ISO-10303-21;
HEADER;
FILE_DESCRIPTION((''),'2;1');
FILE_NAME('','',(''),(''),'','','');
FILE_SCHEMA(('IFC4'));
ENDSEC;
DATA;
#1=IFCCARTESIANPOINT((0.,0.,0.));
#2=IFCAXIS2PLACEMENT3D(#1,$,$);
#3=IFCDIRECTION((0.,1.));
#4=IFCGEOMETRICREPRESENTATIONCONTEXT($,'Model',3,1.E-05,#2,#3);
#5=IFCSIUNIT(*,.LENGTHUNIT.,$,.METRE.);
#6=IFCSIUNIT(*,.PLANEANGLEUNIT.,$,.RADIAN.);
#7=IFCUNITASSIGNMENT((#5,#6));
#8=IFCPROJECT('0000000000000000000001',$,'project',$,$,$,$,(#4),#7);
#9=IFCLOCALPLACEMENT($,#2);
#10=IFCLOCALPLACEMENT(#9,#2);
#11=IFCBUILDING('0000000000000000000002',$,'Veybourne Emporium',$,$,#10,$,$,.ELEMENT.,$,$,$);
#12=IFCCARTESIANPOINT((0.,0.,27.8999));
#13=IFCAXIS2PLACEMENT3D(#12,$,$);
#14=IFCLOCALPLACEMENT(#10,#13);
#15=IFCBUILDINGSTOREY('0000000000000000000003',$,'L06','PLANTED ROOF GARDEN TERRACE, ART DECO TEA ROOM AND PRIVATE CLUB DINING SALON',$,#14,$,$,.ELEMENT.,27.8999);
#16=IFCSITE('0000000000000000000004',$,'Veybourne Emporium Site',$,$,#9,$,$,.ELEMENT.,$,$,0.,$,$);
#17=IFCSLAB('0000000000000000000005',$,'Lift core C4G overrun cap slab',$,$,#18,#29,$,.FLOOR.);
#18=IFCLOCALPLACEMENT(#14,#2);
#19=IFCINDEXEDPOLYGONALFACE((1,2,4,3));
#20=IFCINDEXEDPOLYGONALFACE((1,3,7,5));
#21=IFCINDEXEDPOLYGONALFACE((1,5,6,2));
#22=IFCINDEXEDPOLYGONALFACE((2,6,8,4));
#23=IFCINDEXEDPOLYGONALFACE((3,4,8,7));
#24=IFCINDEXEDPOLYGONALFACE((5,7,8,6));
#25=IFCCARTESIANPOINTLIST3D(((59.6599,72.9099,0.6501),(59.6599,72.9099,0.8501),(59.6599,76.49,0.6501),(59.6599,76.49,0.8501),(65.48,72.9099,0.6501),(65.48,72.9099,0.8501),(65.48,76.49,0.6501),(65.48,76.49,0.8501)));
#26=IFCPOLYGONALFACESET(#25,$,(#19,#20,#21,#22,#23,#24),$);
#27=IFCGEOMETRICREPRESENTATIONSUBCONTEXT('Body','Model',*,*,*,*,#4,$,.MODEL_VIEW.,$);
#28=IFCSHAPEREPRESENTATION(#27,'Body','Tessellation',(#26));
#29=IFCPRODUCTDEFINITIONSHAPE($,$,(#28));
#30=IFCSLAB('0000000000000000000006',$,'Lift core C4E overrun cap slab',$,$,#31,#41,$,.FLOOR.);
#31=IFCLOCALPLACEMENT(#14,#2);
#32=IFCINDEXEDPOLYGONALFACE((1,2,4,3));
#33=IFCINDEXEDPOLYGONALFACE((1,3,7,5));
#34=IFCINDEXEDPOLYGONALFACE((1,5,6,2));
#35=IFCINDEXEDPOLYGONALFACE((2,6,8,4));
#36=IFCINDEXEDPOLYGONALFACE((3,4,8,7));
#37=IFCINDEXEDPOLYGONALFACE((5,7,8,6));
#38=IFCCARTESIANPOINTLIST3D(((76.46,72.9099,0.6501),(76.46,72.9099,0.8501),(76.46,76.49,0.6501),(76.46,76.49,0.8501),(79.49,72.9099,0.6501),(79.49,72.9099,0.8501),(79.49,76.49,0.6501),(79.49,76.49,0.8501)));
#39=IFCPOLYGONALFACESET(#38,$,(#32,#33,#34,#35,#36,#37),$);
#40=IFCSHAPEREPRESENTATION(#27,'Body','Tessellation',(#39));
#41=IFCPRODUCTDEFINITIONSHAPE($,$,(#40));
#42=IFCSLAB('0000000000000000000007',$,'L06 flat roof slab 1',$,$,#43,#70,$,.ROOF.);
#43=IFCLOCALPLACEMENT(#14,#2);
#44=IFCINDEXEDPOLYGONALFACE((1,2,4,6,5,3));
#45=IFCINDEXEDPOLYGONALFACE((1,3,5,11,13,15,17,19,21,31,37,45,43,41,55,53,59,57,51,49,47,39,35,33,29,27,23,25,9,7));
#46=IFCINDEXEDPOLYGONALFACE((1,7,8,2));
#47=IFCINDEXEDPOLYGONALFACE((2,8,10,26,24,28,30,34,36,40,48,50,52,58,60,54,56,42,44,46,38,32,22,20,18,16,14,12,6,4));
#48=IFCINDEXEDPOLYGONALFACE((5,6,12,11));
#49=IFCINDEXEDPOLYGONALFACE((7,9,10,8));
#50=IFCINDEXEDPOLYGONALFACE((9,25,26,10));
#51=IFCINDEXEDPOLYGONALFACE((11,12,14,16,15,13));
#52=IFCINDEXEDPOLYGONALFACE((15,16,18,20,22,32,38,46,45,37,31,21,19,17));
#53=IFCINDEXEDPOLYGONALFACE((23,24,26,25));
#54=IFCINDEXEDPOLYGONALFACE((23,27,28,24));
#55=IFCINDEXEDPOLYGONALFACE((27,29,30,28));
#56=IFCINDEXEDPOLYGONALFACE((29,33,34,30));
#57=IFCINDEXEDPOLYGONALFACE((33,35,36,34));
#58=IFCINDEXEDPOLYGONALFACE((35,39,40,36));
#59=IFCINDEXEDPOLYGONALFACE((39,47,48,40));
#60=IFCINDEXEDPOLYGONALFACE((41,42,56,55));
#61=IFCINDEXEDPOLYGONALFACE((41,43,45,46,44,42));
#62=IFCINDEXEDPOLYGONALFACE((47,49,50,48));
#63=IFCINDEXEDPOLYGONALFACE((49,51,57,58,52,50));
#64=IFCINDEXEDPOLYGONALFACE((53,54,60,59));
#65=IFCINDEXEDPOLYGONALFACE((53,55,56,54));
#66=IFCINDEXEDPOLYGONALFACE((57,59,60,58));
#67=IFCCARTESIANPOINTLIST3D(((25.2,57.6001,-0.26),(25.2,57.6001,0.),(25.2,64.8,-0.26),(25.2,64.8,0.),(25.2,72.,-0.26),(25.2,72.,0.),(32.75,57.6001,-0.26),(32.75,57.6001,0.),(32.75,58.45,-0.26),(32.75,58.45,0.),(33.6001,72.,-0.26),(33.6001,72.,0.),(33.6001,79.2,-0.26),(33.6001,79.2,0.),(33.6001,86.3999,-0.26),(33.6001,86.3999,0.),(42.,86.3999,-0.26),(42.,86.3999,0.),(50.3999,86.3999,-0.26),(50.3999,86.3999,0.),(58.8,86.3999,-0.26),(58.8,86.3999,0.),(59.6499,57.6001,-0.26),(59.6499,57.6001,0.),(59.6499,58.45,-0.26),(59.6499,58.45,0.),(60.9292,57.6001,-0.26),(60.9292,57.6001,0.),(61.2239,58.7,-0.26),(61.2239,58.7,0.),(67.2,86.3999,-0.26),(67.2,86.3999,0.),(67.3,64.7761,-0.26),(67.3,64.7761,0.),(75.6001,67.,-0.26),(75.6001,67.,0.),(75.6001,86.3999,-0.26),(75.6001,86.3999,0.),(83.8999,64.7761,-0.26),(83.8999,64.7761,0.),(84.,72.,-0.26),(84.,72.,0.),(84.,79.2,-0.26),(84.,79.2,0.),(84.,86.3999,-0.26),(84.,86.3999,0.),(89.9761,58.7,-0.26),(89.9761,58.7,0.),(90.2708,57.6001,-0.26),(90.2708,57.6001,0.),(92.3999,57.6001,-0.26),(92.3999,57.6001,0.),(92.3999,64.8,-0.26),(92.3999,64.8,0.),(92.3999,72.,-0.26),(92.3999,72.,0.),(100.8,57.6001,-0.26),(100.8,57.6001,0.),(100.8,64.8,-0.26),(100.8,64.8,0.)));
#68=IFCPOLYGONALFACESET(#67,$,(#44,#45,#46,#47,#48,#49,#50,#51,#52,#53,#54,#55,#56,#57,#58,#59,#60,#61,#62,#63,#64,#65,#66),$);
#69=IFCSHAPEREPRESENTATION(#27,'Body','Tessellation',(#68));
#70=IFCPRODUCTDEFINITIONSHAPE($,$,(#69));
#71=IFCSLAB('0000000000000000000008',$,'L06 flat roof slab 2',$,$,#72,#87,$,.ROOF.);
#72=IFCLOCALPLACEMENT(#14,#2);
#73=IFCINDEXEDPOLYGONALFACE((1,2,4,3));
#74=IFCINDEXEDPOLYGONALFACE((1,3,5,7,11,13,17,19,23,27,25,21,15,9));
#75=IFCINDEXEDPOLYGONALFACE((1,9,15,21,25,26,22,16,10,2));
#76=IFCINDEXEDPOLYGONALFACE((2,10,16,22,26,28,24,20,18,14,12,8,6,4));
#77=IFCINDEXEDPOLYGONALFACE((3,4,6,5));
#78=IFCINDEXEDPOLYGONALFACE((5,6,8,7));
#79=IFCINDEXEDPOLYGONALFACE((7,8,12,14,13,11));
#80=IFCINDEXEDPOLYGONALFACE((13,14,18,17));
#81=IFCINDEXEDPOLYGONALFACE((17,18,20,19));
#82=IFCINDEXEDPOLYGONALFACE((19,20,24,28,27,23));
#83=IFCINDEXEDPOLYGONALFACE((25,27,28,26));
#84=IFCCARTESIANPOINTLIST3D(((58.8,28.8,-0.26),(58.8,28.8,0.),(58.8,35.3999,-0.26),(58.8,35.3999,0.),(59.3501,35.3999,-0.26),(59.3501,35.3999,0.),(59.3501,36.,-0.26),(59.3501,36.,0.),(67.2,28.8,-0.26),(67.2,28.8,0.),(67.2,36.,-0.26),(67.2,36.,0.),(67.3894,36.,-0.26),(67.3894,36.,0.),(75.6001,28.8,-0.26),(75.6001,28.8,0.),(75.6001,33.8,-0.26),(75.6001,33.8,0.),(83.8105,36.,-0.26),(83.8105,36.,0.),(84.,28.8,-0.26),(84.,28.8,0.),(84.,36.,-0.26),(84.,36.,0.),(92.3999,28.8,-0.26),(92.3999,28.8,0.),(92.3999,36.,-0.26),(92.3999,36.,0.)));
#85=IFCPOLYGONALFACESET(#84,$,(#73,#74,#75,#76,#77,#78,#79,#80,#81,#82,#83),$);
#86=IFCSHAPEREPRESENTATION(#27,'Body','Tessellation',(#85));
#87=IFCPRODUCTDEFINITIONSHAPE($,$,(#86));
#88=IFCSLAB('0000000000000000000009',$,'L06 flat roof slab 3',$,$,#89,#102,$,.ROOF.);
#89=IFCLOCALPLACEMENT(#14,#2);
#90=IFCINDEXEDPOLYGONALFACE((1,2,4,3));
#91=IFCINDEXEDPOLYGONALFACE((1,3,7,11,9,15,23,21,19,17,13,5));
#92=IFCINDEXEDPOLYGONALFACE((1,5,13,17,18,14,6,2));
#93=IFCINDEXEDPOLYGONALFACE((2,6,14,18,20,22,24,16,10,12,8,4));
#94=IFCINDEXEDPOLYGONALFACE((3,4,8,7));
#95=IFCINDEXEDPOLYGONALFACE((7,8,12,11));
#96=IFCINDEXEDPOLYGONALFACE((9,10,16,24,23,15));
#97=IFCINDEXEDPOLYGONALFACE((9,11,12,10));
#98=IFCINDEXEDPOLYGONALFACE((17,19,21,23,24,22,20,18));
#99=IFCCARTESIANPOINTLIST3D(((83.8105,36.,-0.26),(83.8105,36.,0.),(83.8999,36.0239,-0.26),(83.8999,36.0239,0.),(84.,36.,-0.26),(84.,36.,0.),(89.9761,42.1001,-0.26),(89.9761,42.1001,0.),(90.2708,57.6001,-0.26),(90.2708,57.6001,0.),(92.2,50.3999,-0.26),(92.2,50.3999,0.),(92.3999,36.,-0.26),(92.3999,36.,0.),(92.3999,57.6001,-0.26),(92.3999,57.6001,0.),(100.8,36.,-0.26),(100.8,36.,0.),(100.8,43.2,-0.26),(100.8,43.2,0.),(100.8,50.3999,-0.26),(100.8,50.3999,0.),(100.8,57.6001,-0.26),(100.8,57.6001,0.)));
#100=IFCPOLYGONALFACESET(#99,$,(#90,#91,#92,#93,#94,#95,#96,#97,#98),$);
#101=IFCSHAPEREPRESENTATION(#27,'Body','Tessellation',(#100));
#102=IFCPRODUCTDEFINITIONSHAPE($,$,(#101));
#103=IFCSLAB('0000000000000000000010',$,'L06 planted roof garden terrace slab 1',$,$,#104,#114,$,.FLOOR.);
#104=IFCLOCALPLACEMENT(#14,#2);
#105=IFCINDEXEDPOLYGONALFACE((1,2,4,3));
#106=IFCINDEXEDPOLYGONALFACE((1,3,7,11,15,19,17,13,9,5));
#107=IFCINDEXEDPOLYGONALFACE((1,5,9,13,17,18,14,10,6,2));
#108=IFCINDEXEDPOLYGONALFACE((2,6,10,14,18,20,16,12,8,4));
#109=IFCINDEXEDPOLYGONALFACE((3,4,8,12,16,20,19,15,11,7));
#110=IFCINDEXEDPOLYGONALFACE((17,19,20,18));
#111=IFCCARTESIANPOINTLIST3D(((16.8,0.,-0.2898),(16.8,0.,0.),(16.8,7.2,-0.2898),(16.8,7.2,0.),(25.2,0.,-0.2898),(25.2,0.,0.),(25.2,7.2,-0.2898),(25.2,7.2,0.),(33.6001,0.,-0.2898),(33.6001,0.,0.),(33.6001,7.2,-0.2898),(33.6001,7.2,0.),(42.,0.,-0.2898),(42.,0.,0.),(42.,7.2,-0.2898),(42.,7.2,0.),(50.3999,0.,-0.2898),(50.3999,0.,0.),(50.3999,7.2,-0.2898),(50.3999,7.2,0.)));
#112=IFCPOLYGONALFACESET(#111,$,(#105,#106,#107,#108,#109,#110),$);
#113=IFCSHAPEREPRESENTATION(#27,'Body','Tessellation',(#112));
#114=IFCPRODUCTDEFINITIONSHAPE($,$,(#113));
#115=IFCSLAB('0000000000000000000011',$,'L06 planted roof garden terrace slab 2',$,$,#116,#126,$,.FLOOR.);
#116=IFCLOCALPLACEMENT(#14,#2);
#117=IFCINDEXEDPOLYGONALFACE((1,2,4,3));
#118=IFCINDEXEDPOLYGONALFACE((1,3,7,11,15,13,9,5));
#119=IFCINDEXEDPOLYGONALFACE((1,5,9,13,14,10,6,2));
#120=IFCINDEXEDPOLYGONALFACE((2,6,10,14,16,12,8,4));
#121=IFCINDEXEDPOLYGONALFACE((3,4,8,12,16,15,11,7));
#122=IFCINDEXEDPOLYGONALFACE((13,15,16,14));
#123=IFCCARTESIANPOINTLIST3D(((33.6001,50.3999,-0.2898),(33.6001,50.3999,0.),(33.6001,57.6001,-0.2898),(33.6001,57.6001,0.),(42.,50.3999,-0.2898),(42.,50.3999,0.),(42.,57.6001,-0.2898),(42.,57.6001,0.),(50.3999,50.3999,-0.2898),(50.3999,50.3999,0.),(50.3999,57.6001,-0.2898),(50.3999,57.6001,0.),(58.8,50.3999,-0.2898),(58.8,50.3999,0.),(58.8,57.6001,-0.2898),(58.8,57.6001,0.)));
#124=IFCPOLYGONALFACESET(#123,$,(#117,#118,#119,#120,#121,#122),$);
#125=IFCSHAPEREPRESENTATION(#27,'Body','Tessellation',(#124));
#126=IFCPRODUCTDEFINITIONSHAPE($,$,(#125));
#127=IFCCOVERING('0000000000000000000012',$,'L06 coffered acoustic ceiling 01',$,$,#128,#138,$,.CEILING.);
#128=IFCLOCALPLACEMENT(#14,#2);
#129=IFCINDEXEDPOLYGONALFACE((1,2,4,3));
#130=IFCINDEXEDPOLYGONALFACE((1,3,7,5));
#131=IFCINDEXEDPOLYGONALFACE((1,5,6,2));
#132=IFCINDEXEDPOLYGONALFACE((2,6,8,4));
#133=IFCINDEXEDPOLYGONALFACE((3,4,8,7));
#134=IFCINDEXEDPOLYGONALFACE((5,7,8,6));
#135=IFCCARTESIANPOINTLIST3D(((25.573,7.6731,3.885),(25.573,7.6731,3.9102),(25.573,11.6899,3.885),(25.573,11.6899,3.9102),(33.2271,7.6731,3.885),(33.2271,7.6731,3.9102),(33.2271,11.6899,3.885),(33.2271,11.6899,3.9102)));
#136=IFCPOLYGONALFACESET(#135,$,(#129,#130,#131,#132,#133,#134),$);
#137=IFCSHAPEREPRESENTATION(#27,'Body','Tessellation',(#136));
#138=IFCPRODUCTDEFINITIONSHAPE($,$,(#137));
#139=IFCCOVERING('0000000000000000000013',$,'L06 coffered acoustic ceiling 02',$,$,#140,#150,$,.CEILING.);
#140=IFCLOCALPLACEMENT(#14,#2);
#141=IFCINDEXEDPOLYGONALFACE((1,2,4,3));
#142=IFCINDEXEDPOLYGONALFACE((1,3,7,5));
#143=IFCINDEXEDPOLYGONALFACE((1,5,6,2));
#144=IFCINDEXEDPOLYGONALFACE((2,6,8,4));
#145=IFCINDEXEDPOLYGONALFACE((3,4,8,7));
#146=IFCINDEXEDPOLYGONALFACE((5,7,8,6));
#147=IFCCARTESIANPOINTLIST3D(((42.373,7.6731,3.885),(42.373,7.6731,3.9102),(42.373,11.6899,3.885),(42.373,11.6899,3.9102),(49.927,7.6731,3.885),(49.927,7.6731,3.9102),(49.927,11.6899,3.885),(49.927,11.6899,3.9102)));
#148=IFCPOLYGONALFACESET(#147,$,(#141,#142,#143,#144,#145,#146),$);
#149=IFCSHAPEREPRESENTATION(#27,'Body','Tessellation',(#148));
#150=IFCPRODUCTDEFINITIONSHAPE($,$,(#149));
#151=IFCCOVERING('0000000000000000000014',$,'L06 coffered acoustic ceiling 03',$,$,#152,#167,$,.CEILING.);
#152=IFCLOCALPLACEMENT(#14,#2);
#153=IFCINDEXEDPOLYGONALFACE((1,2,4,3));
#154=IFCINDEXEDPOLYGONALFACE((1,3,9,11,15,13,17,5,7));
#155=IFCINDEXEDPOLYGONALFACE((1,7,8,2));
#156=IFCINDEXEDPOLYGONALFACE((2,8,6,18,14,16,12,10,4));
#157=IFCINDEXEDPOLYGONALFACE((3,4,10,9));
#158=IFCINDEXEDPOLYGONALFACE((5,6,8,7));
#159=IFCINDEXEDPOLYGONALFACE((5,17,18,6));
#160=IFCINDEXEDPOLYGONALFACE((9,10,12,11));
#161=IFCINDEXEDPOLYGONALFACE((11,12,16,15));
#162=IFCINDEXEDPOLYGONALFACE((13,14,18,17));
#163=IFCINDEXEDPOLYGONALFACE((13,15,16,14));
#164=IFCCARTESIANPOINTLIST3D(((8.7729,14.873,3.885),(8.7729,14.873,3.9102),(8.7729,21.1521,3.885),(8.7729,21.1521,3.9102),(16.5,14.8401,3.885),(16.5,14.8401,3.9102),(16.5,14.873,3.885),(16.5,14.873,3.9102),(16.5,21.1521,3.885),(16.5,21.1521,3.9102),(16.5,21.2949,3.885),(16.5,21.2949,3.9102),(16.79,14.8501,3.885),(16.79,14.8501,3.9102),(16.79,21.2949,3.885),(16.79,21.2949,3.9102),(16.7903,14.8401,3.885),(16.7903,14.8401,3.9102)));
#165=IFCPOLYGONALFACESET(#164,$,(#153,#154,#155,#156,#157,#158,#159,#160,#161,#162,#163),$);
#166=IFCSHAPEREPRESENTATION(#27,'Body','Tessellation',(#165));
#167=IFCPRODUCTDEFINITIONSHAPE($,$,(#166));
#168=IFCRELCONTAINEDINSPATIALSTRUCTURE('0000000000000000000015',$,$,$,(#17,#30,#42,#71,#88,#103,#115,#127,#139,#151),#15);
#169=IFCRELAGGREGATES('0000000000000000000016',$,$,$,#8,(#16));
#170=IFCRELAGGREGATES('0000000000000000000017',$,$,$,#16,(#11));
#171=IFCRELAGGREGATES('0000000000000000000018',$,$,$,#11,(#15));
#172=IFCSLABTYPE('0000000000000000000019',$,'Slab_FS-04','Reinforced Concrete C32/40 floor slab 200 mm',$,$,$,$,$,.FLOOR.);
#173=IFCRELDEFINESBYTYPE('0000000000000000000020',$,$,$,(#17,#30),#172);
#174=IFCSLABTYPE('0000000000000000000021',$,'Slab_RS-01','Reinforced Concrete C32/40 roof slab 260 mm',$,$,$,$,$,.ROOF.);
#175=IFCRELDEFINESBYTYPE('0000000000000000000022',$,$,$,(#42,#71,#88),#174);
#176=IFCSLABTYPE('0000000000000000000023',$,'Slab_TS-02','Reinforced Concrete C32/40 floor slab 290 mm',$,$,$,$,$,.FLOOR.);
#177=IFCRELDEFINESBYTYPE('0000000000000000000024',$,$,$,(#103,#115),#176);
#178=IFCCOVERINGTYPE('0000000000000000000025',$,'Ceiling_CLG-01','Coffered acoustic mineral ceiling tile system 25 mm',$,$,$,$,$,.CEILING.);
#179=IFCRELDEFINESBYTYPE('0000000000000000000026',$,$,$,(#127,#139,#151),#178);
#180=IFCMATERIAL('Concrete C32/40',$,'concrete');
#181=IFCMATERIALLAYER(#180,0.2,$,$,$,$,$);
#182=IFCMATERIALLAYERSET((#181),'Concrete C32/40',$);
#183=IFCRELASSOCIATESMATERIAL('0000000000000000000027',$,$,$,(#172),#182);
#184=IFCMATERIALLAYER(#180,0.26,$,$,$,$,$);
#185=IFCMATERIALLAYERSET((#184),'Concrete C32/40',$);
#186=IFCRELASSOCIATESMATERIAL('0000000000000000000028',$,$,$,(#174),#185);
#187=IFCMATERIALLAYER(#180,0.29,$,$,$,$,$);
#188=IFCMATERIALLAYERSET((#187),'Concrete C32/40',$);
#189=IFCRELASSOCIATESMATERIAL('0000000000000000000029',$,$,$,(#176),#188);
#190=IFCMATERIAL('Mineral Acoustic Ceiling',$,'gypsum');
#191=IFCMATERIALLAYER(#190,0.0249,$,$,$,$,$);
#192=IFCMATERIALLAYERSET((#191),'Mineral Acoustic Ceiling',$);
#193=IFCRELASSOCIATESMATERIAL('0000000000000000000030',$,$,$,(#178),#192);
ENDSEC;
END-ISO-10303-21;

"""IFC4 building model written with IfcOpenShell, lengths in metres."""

from ifc_helpers import new_model, si_unit, direction, frame, origin, place, context, subcontext, project, spatial, polyline, outline, extrude, material, layer, layer_set, type_object, element, save


model = new_model("IFC4")

# Units and contexts
model_context = context("Model", 3, precision=1e-05, world=origin(), true_north=direction((0.0, 1.0)))
body_context = subcontext(model_context, "Body", "Model", "MODEL_VIEW")
ifc_project = project(units=[si_unit("LENGTHUNIT", "METRE"), si_unit("PLANEANGLEUNIT", "RADIAN")], contexts=[model_context])

# Site, building, storey
site_placement = place(None, origin())
site = spatial("IfcSite", under=ifc_project, at=site_placement, Name="Veybourne Emporium Site", CompositionType="ELEMENT", RefElevation=0.0)
building_placement = place(site_placement, origin())
building = spatial("IfcBuilding", under=site, at=building_placement, Name="Veybourne Emporium", CompositionType="ELEMENT")
storey_placement = place(building_placement, frame((0.0, 0.0, 27.8999)))
storey = spatial("IfcBuildingStorey", under=building, at=storey_placement, Name="L06", Description="PLANTED ROOF GARDEN TERRACE, ART DECO TEA ROOM AND PRIVATE CLUB DINING SALON", CompositionType="ELEMENT", Elevation=27.8999)

# Shared definitions
ifc_material_1 = material(Name="Concrete C32/40", Category="concrete")

# Slabs
ifc_layer_1 = layer(ifc_material_1, 0.2)
ifc_layer_set_1 = layer_set([ifc_layer_1], Name="Concrete C32/40")
slab_type_1 = type_object("IfcSlabType", Name="Slab_FS-04", Description="Reinforced Concrete C32/40 floor slab 200 mm", PredefinedType="FLOOR", material=ifc_layer_set_1)
slab_1_placement = place(storey_placement, frame((0.0, 0.0, 0.6501)))
element("IfcSlab", 1, at=slab_1_placement, inside=storey, type_object=slab_type_1, Name="Lift core C4G overrun cap slab", PredefinedType="FLOOR", context=body_context, shape_type="SweptSolid", body=[
    extrude(outline(polyline([(59.6599, 72.9099), (65.48, 72.9099), (65.48, 76.49), (59.6599, 76.49), (59.6599, 72.9099)])), origin(), (0.0, 0.0, 1.0), 0.2),
])
slab_2_placement = place(storey_placement, frame((0.0, 0.0, 0.6501)))
element("IfcSlab", 2, at=slab_2_placement, inside=storey, type_object=slab_type_1, Name="Lift core C4E overrun cap slab", PredefinedType="FLOOR", context=body_context, shape_type="SweptSolid", body=[
    extrude(outline(polyline([(76.46, 72.9099), (79.49, 72.9099), (79.49, 76.49), (76.46, 76.49), (76.46, 72.9099)])), origin(), (0.0, 0.0, 1.0), 0.2),
])
ifc_layer_2 = layer(ifc_material_1, 0.26)
ifc_layer_set_2 = layer_set([ifc_layer_2], Name="Concrete C32/40")
slab_type_2 = type_object("IfcSlabType", Name="Slab_RS-01", Description="Reinforced Concrete C32/40 roof slab 260 mm", PredefinedType="ROOF", material=ifc_layer_set_2)
slab_3_placement = place(storey_placement, frame((0.0, 0.0, -0.26)))
element("IfcSlab", 3, at=slab_3_placement, inside=storey, type_object=slab_type_2, Name="L06 flat roof slab 1", PredefinedType="ROOF", context=body_context, shape_type="SweptSolid", body=[
    extrude(outline(polyline([(33.6001, 79.2), (33.6001, 86.3999), (42.0, 86.3999), (50.3999, 86.3999), (58.8, 86.3999), (67.2, 86.3999), (75.6001, 86.3999), (84.0, 86.3999), (84.0, 79.2), (84.0, 72.0), (92.3999, 72.0), (92.3999, 64.8), (100.8, 64.8), (100.8, 57.6001), (92.3999, 57.6001), (90.2708, 57.6001), (89.9761, 58.7), (83.8999, 64.7761), (75.6001, 67.0), (67.3, 64.7761), (61.2239, 58.7), (60.9292, 57.6001), (59.6499, 57.6001), (59.6499, 58.45), (32.75, 58.45), (32.75, 57.6001), (25.2, 57.6001), (25.2, 64.8), (25.2, 72.0), (33.6001, 72.0), (33.6001, 79.2)])), origin(), (0.0, 0.0, 1.0), 0.26),
])
slab_4_placement = place(storey_placement, frame((0.0, 0.0, -0.26)))
element("IfcSlab", 4, at=slab_4_placement, inside=storey, type_object=slab_type_2, Name="L06 flat roof slab 2", PredefinedType="ROOF", context=body_context, shape_type="SweptSolid", body=[
    extrude(outline(polyline([(67.2, 36.0), (67.3894, 36.0), (75.6001, 33.8), (83.8105, 36.0), (84.0, 36.0), (92.3999, 36.0), (92.3999, 28.8), (84.0, 28.8), (75.6001, 28.8), (67.2, 28.8), (58.8, 28.8), (58.8, 35.3999), (59.3501, 35.3999), (59.3501, 36.0), (67.2, 36.0)])), origin(), (0.0, 0.0, 1.0), 0.26),
])
slab_5_placement = place(storey_placement, frame((0.0, 0.0, -0.26)))
element("IfcSlab", 5, at=slab_5_placement, inside=storey, type_object=slab_type_2, Name="L06 flat roof slab 3", PredefinedType="ROOF", context=body_context, shape_type="SweptSolid", body=[
    extrude(outline(polyline([(92.3999, 57.6001), (100.8, 57.6001), (100.8, 50.3999), (100.8, 43.2), (100.8, 36.0), (92.3999, 36.0), (84.0, 36.0), (83.8105, 36.0), (83.8999, 36.0239), (89.9761, 42.1001), (92.2, 50.3999), (90.2708, 57.6001), (92.3999, 57.6001)])), origin(), (0.0, 0.0, 1.0), 0.26),
])
ifc_layer_3 = layer(ifc_material_1, 0.29)
ifc_layer_set_3 = layer_set([ifc_layer_3], Name="Concrete C32/40")
slab_type_3 = type_object("IfcSlabType", Name="Slab_TS-02", Description="Reinforced Concrete C32/40 floor slab 290 mm", PredefinedType="FLOOR", material=ifc_layer_set_3)
slab_6_placement = place(storey_placement, frame((0.0, 0.0, -0.2898)))
element("IfcSlab", 6, at=slab_6_placement, inside=storey, type_object=slab_type_3, Name="L06 planted roof garden terrace slab 1", PredefinedType="FLOOR", context=body_context, shape_type="SweptSolid", body=[
    extrude(outline(polyline([(25.2, 7.2), (33.6001, 7.2), (42.0, 7.2), (50.3999, 7.2), (50.3999, 0.0), (42.0, 0.0), (33.6001, 0.0), (25.2, 0.0), (16.8, 0.0), (16.8, 7.2), (25.2, 7.2)])), origin(), (0.0, 0.0, 1.0), 0.2898),
])
slab_7_placement = place(storey_placement, frame((0.0, 0.0, -0.2898)))
element("IfcSlab", 7, at=slab_7_placement, inside=storey, type_object=slab_type_3, Name="L06 planted roof garden terrace slab 2", PredefinedType="FLOOR", context=body_context, shape_type="SweptSolid", body=[
    extrude(outline(polyline([(50.3999, 57.6001), (58.8, 57.6001), (58.8, 50.3999), (50.3999, 50.3999), (42.0, 50.3999), (33.6001, 50.3999), (33.6001, 57.6001), (42.0, 57.6001), (50.3999, 57.6001)])), origin(), (0.0, 0.0, 1.0), 0.2898),
])

# Coverings
ifc_material_2 = material(Name="Mineral Acoustic Ceiling", Category="gypsum")
ifc_layer_4 = layer(ifc_material_2, 0.0249)
ifc_layer_set_4 = layer_set([ifc_layer_4], Name="Mineral Acoustic Ceiling")
covering_type_1 = type_object("IfcCoveringType", Name="Ceiling_CLG-01", Description="Coffered acoustic mineral ceiling tile system 25 mm", PredefinedType="CEILING", material=ifc_layer_set_4)
covering_1_placement = place(storey_placement, frame((0.0, 0.0, 3.885)))
element("IfcCovering", 8, at=covering_1_placement, inside=storey, type_object=covering_type_1, Name="L06 coffered acoustic ceiling 01", PredefinedType="CEILING", context=body_context, shape_type="SweptSolid", body=[
    extrude(outline(polyline([(33.2271, 11.6899), (33.2271, 7.6731), (25.573, 7.6731), (25.573, 11.6899), (33.2271, 11.6899)])), origin(), (0.0, 0.0, 1.0), 0.0251),
])
covering_2_placement = place(storey_placement, frame((0.0, 0.0, 3.885)))
element("IfcCovering", 9, at=covering_2_placement, inside=storey, type_object=covering_type_1, Name="L06 coffered acoustic ceiling 02", PredefinedType="CEILING", context=body_context, shape_type="SweptSolid", body=[
    extrude(outline(polyline([(49.927, 11.6899), (49.927, 7.6731), (42.373, 7.6731), (42.373, 11.6899), (49.927, 11.6899)])), origin(), (0.0, 0.0, 1.0), 0.0251),
])
covering_3_placement = place(storey_placement, frame((0.0, 0.0, 3.885)))
element("IfcCovering", 10, at=covering_3_placement, inside=storey, type_object=covering_type_1, Name="L06 coffered acoustic ceiling 03", PredefinedType="CEILING", context=body_context, shape_type="SweptSolid", body=[
    extrude(outline(polyline([(16.79, 21.2949), (16.79, 14.8501), (16.7903, 14.8401), (16.7903, 14.8401), (16.5, 14.8401), (16.5, 14.873), (8.7729, 14.873), (8.7729, 21.1521), (16.5, 21.1521), (16.5, 21.2949), (16.79, 21.2949)])), origin(), (0.0, 0.0, 1.0), 0.0251),
])

save(model, "model.ifc")
